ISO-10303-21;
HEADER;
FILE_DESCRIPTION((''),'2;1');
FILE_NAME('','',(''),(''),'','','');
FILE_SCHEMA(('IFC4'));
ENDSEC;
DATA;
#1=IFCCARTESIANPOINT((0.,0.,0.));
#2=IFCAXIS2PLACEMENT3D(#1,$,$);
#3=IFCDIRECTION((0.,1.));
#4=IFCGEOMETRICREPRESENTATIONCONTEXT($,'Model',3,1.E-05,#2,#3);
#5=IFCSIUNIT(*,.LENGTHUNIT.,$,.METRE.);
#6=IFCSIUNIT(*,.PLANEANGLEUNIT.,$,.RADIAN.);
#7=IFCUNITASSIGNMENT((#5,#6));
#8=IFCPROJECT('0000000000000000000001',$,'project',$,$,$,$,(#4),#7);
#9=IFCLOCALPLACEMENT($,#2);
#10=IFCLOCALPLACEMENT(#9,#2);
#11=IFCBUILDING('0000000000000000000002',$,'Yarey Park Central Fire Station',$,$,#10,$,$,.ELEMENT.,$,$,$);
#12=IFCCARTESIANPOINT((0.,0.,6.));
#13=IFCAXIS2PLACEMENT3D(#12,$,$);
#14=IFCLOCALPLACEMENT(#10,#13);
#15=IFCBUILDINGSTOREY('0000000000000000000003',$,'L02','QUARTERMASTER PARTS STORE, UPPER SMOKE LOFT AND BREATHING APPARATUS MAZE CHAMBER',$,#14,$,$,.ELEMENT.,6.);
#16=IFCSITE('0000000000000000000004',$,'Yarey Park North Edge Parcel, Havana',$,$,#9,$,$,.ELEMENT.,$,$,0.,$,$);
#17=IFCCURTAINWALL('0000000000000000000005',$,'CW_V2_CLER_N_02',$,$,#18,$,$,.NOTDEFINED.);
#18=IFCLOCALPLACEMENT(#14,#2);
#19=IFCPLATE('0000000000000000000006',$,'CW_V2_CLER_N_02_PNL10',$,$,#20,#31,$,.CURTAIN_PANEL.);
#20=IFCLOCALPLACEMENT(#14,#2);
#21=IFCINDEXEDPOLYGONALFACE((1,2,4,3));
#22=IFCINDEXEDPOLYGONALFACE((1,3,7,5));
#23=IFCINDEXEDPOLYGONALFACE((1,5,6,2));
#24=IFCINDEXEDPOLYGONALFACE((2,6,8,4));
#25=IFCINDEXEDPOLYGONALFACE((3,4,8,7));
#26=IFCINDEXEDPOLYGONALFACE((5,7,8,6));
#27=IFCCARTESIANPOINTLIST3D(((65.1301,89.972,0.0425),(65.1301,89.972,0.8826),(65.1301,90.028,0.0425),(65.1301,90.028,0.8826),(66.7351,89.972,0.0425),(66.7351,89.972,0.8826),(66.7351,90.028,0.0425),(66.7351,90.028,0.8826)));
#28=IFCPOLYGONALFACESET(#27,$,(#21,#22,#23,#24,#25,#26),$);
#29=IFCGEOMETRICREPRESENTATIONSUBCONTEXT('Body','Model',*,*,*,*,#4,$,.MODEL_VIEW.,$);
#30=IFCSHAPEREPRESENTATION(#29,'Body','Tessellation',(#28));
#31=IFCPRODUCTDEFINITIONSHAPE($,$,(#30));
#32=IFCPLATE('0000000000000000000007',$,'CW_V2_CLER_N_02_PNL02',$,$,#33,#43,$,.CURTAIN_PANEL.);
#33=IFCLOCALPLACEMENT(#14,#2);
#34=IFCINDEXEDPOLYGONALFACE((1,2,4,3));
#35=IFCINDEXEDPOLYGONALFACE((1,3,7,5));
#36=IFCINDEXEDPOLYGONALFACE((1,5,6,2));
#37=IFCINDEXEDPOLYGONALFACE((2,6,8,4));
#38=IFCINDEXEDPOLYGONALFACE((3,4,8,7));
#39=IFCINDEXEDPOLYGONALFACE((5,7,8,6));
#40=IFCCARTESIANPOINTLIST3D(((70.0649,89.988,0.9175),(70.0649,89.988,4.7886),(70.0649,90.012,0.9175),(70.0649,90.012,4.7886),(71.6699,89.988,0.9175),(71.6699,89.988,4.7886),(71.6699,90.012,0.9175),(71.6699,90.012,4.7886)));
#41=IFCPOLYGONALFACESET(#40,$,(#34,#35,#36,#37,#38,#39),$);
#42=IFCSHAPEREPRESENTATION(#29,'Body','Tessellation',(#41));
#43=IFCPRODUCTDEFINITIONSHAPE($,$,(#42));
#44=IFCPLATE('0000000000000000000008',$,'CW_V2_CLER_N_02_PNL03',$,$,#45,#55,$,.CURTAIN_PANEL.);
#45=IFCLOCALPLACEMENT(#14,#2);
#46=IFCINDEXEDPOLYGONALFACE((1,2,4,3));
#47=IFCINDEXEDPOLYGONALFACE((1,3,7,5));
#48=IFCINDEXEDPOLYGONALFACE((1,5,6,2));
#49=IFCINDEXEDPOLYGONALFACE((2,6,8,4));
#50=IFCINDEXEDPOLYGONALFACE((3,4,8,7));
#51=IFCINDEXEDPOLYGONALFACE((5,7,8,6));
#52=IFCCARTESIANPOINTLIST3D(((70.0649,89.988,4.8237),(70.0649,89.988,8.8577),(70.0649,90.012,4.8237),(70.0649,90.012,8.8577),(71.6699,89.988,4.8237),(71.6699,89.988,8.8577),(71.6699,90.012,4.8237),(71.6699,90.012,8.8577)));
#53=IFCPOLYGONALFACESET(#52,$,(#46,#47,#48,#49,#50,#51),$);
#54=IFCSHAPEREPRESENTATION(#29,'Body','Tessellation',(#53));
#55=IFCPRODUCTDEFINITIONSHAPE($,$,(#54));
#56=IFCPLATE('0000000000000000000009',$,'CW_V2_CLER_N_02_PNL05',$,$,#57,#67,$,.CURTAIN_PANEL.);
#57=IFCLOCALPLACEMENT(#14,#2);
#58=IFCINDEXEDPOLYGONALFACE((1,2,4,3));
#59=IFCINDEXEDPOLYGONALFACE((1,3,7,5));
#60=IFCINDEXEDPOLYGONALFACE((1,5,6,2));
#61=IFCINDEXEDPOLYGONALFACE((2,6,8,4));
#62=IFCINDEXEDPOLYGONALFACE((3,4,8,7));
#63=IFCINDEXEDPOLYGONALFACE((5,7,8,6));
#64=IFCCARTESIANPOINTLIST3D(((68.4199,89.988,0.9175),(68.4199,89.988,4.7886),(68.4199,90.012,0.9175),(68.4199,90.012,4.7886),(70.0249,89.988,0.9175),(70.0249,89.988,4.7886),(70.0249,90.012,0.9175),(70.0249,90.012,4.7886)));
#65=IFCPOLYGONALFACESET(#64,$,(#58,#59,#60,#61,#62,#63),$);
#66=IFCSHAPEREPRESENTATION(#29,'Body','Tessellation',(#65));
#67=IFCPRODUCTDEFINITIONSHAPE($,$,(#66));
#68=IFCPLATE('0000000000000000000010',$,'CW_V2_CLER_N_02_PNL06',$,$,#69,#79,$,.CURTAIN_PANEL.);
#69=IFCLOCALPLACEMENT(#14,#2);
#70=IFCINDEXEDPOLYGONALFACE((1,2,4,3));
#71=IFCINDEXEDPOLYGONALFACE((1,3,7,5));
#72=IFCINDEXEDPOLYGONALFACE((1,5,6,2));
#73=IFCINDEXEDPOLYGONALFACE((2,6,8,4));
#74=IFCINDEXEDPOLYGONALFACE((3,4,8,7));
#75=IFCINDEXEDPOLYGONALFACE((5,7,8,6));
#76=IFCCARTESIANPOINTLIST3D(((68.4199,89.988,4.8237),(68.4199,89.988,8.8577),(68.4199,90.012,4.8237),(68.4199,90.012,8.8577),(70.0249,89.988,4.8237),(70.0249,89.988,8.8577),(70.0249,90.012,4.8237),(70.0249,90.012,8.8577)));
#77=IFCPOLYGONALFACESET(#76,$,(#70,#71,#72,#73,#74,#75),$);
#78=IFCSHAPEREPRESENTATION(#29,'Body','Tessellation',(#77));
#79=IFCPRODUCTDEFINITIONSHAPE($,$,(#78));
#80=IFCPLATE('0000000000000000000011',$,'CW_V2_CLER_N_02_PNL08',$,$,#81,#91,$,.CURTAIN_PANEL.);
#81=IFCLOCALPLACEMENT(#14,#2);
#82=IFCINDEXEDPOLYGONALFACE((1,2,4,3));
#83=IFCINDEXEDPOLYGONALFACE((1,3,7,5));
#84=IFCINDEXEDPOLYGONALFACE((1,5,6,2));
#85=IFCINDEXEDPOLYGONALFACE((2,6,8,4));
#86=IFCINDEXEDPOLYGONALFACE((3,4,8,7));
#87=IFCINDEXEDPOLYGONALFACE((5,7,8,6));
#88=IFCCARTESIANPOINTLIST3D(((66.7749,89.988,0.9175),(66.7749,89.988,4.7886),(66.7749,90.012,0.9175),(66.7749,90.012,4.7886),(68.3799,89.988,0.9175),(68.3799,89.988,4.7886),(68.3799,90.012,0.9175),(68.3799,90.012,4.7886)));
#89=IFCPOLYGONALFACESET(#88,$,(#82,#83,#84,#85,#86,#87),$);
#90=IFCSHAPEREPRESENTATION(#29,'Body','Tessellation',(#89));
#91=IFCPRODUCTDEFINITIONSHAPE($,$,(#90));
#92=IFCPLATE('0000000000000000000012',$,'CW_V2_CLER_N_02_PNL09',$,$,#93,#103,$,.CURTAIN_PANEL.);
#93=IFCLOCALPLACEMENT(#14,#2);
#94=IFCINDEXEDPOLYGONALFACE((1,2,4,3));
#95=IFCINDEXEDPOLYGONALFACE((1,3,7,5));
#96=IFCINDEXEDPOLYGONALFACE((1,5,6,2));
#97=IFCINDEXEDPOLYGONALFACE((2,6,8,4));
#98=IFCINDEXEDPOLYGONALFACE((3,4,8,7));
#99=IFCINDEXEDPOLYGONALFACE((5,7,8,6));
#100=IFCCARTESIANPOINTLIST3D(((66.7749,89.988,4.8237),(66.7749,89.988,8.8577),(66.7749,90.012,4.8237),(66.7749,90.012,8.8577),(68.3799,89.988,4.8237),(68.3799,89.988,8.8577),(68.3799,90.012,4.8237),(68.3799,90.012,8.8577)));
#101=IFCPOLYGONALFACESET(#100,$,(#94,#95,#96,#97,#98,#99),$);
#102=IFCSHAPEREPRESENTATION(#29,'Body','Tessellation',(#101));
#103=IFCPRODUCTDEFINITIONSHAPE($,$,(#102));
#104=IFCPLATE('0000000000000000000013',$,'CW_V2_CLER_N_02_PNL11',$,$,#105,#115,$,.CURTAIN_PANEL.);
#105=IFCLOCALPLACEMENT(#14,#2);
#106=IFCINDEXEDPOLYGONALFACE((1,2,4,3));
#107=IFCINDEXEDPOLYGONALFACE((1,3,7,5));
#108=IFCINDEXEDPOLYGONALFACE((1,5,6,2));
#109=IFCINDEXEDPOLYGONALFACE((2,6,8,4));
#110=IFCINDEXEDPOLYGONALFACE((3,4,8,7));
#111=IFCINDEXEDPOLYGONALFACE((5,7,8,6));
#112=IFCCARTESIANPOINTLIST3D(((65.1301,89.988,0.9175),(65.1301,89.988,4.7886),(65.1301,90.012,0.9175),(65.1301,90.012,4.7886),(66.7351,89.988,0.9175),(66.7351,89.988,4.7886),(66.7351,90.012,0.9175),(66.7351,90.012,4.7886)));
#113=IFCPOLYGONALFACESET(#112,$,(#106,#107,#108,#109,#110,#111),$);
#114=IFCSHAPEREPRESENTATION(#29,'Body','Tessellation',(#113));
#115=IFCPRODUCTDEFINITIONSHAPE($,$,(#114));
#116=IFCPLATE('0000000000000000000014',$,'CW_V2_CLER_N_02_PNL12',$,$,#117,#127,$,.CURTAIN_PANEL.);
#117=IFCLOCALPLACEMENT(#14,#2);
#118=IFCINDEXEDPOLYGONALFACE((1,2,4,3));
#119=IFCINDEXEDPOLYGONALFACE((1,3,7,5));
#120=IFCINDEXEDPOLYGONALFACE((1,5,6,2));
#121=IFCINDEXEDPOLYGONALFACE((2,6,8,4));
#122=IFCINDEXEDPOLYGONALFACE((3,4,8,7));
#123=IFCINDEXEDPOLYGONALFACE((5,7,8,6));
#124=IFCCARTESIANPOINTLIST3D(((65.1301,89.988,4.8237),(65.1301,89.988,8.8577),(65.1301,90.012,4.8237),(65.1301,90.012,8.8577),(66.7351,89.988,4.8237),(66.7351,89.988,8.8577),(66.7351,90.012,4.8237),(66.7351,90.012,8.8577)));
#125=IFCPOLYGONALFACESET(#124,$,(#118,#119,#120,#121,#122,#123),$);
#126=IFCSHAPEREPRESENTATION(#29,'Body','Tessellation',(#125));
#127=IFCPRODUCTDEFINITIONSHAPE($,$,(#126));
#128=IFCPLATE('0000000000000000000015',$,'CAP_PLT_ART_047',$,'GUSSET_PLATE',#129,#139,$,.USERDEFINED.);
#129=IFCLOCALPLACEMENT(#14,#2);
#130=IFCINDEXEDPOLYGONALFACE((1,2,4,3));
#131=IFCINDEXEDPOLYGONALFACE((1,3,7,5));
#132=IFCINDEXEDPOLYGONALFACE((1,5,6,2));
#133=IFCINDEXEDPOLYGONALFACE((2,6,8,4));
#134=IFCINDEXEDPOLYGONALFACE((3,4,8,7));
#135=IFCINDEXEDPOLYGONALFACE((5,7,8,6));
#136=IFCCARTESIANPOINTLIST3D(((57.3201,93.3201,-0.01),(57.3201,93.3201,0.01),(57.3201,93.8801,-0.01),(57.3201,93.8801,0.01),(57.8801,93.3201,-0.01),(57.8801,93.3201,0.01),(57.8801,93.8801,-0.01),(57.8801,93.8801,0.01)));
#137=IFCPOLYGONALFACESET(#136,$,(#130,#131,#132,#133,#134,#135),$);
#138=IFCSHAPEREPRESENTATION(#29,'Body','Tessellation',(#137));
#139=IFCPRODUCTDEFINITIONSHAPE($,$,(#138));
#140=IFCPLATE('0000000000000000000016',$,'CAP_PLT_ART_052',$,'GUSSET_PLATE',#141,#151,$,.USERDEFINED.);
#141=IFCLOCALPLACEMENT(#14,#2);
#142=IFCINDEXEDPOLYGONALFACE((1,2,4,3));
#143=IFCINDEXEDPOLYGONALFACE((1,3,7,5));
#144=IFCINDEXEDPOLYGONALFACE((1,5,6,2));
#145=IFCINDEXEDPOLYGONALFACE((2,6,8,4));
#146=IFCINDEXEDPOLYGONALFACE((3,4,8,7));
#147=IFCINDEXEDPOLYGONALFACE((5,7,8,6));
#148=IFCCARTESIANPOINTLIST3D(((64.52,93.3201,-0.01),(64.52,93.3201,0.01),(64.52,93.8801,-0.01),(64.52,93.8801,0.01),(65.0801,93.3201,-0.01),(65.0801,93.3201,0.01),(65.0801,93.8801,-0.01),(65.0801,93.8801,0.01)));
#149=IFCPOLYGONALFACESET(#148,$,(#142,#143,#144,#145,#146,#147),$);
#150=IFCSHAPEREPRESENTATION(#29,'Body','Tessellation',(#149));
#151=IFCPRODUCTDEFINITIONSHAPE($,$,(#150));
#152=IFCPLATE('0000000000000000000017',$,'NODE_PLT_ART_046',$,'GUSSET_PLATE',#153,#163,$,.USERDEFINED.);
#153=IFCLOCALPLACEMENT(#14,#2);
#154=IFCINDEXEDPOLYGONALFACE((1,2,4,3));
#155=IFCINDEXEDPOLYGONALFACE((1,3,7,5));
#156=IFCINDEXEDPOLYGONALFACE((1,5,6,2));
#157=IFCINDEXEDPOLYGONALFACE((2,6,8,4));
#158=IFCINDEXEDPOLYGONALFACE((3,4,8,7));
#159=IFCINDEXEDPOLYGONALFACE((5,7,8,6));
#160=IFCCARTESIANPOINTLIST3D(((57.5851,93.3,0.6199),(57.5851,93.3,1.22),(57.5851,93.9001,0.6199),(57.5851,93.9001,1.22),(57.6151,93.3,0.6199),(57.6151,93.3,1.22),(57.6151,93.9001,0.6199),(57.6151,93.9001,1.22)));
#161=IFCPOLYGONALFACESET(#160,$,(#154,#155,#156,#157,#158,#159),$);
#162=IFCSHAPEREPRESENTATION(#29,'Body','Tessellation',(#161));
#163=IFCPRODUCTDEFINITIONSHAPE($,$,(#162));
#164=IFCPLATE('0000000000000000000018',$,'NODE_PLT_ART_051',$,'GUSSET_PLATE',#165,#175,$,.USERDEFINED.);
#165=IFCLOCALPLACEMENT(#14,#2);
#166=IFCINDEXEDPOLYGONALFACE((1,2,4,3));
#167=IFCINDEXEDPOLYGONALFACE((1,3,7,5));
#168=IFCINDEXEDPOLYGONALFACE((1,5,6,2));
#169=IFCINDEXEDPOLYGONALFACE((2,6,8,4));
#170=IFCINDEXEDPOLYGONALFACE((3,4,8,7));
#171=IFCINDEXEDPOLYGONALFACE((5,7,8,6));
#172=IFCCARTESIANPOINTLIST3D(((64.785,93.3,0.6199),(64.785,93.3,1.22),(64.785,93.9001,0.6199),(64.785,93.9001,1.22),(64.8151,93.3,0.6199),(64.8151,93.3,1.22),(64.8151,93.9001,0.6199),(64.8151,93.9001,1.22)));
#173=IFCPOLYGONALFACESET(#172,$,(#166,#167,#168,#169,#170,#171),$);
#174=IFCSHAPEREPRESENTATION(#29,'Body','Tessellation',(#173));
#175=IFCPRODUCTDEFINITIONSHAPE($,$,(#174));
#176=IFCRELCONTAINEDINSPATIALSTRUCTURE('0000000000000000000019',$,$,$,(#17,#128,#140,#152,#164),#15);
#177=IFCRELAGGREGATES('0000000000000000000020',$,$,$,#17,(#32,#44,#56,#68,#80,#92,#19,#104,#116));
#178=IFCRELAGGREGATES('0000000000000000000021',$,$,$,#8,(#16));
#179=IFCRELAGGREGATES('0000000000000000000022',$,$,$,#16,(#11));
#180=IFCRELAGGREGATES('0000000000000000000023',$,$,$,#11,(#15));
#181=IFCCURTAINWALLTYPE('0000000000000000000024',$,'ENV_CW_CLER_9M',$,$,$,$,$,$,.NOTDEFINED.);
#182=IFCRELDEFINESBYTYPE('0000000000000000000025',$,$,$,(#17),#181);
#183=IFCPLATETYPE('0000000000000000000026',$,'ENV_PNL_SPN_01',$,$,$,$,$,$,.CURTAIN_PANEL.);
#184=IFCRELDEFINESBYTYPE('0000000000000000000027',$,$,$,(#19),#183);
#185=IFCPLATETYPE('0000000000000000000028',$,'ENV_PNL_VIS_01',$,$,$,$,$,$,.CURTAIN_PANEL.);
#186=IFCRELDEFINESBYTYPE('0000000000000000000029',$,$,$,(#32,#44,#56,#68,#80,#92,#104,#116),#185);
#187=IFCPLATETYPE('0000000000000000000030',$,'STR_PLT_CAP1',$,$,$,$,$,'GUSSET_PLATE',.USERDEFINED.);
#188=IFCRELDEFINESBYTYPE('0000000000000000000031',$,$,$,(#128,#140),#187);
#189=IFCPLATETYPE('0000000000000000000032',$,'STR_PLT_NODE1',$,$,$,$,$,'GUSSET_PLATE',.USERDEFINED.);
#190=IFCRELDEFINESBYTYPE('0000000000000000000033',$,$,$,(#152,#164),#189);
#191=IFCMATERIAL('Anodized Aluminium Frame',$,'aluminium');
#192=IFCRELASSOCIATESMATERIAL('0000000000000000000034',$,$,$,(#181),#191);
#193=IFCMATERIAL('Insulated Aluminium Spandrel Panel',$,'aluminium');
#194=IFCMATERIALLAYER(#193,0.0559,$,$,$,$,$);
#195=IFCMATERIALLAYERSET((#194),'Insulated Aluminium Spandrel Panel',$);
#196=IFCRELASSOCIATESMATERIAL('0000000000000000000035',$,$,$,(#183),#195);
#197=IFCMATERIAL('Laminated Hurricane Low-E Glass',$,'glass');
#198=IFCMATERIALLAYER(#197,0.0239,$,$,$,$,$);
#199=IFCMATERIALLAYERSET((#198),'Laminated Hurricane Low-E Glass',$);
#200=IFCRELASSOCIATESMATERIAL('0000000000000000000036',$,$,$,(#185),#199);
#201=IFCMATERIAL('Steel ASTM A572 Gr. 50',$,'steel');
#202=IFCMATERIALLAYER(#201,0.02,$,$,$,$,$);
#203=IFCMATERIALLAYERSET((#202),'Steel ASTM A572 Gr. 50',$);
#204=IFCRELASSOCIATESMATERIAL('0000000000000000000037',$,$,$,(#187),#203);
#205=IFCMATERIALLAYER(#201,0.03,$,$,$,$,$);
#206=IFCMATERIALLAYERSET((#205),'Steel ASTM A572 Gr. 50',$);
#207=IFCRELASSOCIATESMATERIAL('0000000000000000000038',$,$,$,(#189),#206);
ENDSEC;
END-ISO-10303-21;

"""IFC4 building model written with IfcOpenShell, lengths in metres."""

from ifc_helpers import new_model, si_unit, direction, frame, origin, origin_2d, place, context, subcontext, project, spatial, rectangle, extrude, material, layer, layer_set, type_object, element, aggregate, save


model = new_model("IFC4")

# Units and contexts
model_context = context("Model", 3, precision=1e-05, world=origin(), true_north=direction((0.0, 1.0)))
body_context = subcontext(model_context, "Body", "Model", "MODEL_VIEW")
ifc_project = project(units=[si_unit("LENGTHUNIT", "METRE"), si_unit("PLANEANGLEUNIT", "RADIAN")], contexts=[model_context])

# Site, building, storey
site_placement = place(None, origin())
site = spatial("IfcSite", under=ifc_project, at=site_placement, Name="Yarey Park North Edge Parcel, Havana", CompositionType="ELEMENT", RefElevation=0.0)
building_placement = place(site_placement, origin())
building = spatial("IfcBuilding", under=site, at=building_placement, Name="Yarey Park Central Fire Station", CompositionType="ELEMENT")
storey_placement = place(building_placement, frame((0.0, 0.0, 6.0)))
storey = spatial("IfcBuildingStorey", under=building, at=storey_placement, Name="L02", Description="QUARTERMASTER PARTS STORE, UPPER SMOKE LOFT AND BREATHING APPARATUS MAZE CHAMBER", CompositionType="ELEMENT", Elevation=6.0)

# Curtain wall
ifc_material_1 = material(Name="Anodized Aluminium Frame", Category="aluminium")
curtain_wall_type = type_object("IfcCurtainWallType", Name="ENV_CW_CLER_9M", PredefinedType="NOTDEFINED", material=ifc_material_1)
curtain_wall_placement = place(storey_placement, origin())
curtain_wall = element("IfcCurtainWall", 1, at=curtain_wall_placement, inside=storey, type_object=curtain_wall_type, Name="CW_V2_CLER_N_02", PredefinedType="NOTDEFINED")

# Plates
ifc_material_2 = material(Name="Insulated Aluminium Spandrel Panel", Category="aluminium")
ifc_layer_1 = layer(ifc_material_2, 0.0559)
ifc_layer_set_1 = layer_set([ifc_layer_1], Name="Insulated Aluminium Spandrel Panel")
plate_type_1 = type_object("IfcPlateType", Name="ENV_PNL_SPN_01", PredefinedType="CURTAIN_PANEL", material=ifc_layer_set_1)
plate_1_placement = place(storey_placement, frame((65.9326, 90.0, 0.0425), z_axis=(0.0, 0.0, 1.0), x_axis=(-1.0, 0.0, 0.0)))
plate_1 = element("IfcPlate", 2, at=plate_1_placement, type_object=plate_type_1, Name="CW_V2_CLER_N_02_PNL10", PredefinedType="CURTAIN_PANEL", context=body_context, shape_type="SweptSolid", body=[
    extrude(rectangle(XDim=1.605, YDim=0.0559, at=origin_2d()), origin(), (0.0, 0.0, 1.0), 0.8401),
])
ifc_material_3 = material(Name="Laminated Hurricane Low-E Glass", Category="glass")
ifc_layer_2 = layer(ifc_material_3, 0.0239)
ifc_layer_set_2 = layer_set([ifc_layer_2], Name="Laminated Hurricane Low-E Glass")
plate_type_2 = type_object("IfcPlateType", Name="ENV_PNL_VIS_01", PredefinedType="CURTAIN_PANEL", material=ifc_layer_set_2)
plate_2_placement = place(storey_placement, frame((70.8674, 90.0, 0.9175), z_axis=(0.0, 0.0, 1.0), x_axis=(-1.0, 0.0, 0.0)))
plate_2 = element("IfcPlate", 3, at=plate_2_placement, type_object=plate_type_2, Name="CW_V2_CLER_N_02_PNL02", PredefinedType="CURTAIN_PANEL", context=body_context, shape_type="SweptSolid", body=[
    extrude(rectangle(XDim=1.605, YDim=0.0239, at=origin_2d()), origin(), (0.0, 0.0, 1.0), 3.8711),
])
plate_3_placement = place(storey_placement, frame((70.8674, 90.0, 4.8237), z_axis=(0.0, 0.0, 1.0), x_axis=(-1.0, 0.0, 0.0)))
plate_3 = element("IfcPlate", 4, at=plate_3_placement, type_object=plate_type_2, Name="CW_V2_CLER_N_02_PNL03", PredefinedType="CURTAIN_PANEL", context=body_context, shape_type="SweptSolid", body=[
    extrude(rectangle(XDim=1.605, YDim=0.0239, at=origin_2d()), origin(), (0.0, 0.0, 1.0), 4.0339),
])
plate_4_placement = place(storey_placement, frame((69.2224, 90.0, 0.9175), z_axis=(0.0, 0.0, 1.0), x_axis=(-1.0, 0.0, 0.0)))
plate_4 = element("IfcPlate", 5, at=plate_4_placement, type_object=plate_type_2, Name="CW_V2_CLER_N_02_PNL05", PredefinedType="CURTAIN_PANEL", context=body_context, shape_type="SweptSolid", body=[
    extrude(rectangle(XDim=1.605, YDim=0.0239, at=origin_2d()), origin(), (0.0, 0.0, 1.0), 3.8711),
])
plate_5_placement = place(storey_placement, frame((69.2224, 90.0, 4.8237), z_axis=(0.0, 0.0, 1.0), x_axis=(-1.0, 0.0, 0.0)))
plate_5 = element("IfcPlate", 6, at=plate_5_placement, type_object=plate_type_2, Name="CW_V2_CLER_N_02_PNL06", PredefinedType="CURTAIN_PANEL", context=body_context, shape_type="SweptSolid", body=[
    extrude(rectangle(XDim=1.605, YDim=0.0239, at=origin_2d()), origin(), (0.0, 0.0, 1.0), 4.0339),
])
plate_6_placement = place(storey_placement, frame((67.5774, 90.0, 0.9175), z_axis=(0.0, 0.0, 1.0), x_axis=(-1.0, 0.0, 0.0)))
plate_6 = element("IfcPlate", 7, at=plate_6_placement, type_object=plate_type_2, Name="CW_V2_CLER_N_02_PNL08", PredefinedType="CURTAIN_PANEL", context=body_context, shape_type="SweptSolid", body=[
    extrude(rectangle(XDim=1.605, YDim=0.0239, at=origin_2d()), origin(), (0.0, 0.0, 1.0), 3.8711),
])
plate_7_placement = place(storey_placement, frame((67.5774, 90.0, 4.8237), z_axis=(0.0, 0.0, 1.0), x_axis=(-1.0, 0.0, 0.0)))
plate_7 = element("IfcPlate", 8, at=plate_7_placement, type_object=plate_type_2, Name="CW_V2_CLER_N_02_PNL09", PredefinedType="CURTAIN_PANEL", context=body_context, shape_type="SweptSolid", body=[
    extrude(rectangle(XDim=1.605, YDim=0.0239, at=origin_2d()), origin(), (0.0, 0.0, 1.0), 4.0339),
])
plate_8_placement = place(storey_placement, frame((65.9326, 90.0, 0.9175), z_axis=(0.0, 0.0, 1.0), x_axis=(-1.0, 0.0, 0.0)))
plate_8 = element("IfcPlate", 9, at=plate_8_placement, type_object=plate_type_2, Name="CW_V2_CLER_N_02_PNL11", PredefinedType="CURTAIN_PANEL", context=body_context, shape_type="SweptSolid", body=[
    extrude(rectangle(XDim=1.605, YDim=0.0239, at=origin_2d()), origin(), (0.0, 0.0, 1.0), 3.8711),
])
plate_9_placement = place(storey_placement, frame((65.9326, 90.0, 4.8237), z_axis=(0.0, 0.0, 1.0), x_axis=(-1.0, 0.0, 0.0)))
plate_9 = element("IfcPlate", 10, at=plate_9_placement, type_object=plate_type_2, Name="CW_V2_CLER_N_02_PNL12", PredefinedType="CURTAIN_PANEL", context=body_context, shape_type="SweptSolid", body=[
    extrude(rectangle(XDim=1.605, YDim=0.0239, at=origin_2d()), origin(), (0.0, 0.0, 1.0), 4.0339),
])
aggregate(curtain_wall, [plate_2, plate_3, plate_4, plate_5, plate_6, plate_7, plate_1, plate_8, plate_9])

# Plates
ifc_material_4 = material(Name="Steel ASTM A572 Gr. 50", Category="steel")
ifc_layer_3 = layer(ifc_material_4, 0.02)
ifc_layer_set_3 = layer_set([ifc_layer_3], Name="Steel ASTM A572 Gr. 50")
plate_type_3 = type_object("IfcPlateType", Name="STR_PLT_CAP1", ElementType="GUSSET_PLATE", PredefinedType="USERDEFINED", material=ifc_layer_set_3)
for number, where, z_axis, x_axis, name in (
    (11, (57.6001, 93.6001, -0.01), (0.0, 0.0, 1.0), (1.0, 0.0, 0.0), "CAP_PLT_ART_047"),
    (12, (64.8, 93.6001, -0.01), (0.0, 0.0, 1.0), (1.0, 0.0, 0.0), "CAP_PLT_ART_052"),
):
    element("IfcPlate", number, at=place(storey_placement, frame(where, z_axis=z_axis, x_axis=x_axis)), inside=storey, type_object=plate_type_3, Name=name, ObjectType="GUSSET_PLATE", PredefinedType="USERDEFINED", context=body_context, shape_type="SweptSolid", body=[
        extrude(rectangle(XDim=0.5601, YDim=0.5601, at=origin_2d()), origin(), (0.0, 0.0, 1.0), 0.02),
    ])
ifc_layer_4 = layer(ifc_material_4, 0.03)
ifc_layer_set_4 = layer_set([ifc_layer_4], Name="Steel ASTM A572 Gr. 50")
plate_type_4 = type_object("IfcPlateType", Name="STR_PLT_NODE1", ElementType="GUSSET_PLATE", PredefinedType="USERDEFINED", material=ifc_layer_set_4)
for number, where, z_axis, x_axis, name in (
    (13, (57.6001, 93.6001, 0.6199), (0.0, 0.0, 1.0), (1.0, 0.0, 0.0), "NODE_PLT_ART_046"),
    (14, (64.8, 93.6001, 0.6199), (0.0, 0.0, 1.0), (1.0, 0.0, 0.0), "NODE_PLT_ART_051"),
):
    element("IfcPlate", number, at=place(storey_placement, frame(where, z_axis=z_axis, x_axis=x_axis)), inside=storey, type_object=plate_type_4, Name=name, ObjectType="GUSSET_PLATE", PredefinedType="USERDEFINED", context=body_context, shape_type="SweptSolid", body=[
        extrude(rectangle(XDim=0.03, YDim=0.6001, at=origin_2d()), origin(), (0.0, 0.0, 1.0), 0.6001),
    ])

save(model, "model.ifc")
